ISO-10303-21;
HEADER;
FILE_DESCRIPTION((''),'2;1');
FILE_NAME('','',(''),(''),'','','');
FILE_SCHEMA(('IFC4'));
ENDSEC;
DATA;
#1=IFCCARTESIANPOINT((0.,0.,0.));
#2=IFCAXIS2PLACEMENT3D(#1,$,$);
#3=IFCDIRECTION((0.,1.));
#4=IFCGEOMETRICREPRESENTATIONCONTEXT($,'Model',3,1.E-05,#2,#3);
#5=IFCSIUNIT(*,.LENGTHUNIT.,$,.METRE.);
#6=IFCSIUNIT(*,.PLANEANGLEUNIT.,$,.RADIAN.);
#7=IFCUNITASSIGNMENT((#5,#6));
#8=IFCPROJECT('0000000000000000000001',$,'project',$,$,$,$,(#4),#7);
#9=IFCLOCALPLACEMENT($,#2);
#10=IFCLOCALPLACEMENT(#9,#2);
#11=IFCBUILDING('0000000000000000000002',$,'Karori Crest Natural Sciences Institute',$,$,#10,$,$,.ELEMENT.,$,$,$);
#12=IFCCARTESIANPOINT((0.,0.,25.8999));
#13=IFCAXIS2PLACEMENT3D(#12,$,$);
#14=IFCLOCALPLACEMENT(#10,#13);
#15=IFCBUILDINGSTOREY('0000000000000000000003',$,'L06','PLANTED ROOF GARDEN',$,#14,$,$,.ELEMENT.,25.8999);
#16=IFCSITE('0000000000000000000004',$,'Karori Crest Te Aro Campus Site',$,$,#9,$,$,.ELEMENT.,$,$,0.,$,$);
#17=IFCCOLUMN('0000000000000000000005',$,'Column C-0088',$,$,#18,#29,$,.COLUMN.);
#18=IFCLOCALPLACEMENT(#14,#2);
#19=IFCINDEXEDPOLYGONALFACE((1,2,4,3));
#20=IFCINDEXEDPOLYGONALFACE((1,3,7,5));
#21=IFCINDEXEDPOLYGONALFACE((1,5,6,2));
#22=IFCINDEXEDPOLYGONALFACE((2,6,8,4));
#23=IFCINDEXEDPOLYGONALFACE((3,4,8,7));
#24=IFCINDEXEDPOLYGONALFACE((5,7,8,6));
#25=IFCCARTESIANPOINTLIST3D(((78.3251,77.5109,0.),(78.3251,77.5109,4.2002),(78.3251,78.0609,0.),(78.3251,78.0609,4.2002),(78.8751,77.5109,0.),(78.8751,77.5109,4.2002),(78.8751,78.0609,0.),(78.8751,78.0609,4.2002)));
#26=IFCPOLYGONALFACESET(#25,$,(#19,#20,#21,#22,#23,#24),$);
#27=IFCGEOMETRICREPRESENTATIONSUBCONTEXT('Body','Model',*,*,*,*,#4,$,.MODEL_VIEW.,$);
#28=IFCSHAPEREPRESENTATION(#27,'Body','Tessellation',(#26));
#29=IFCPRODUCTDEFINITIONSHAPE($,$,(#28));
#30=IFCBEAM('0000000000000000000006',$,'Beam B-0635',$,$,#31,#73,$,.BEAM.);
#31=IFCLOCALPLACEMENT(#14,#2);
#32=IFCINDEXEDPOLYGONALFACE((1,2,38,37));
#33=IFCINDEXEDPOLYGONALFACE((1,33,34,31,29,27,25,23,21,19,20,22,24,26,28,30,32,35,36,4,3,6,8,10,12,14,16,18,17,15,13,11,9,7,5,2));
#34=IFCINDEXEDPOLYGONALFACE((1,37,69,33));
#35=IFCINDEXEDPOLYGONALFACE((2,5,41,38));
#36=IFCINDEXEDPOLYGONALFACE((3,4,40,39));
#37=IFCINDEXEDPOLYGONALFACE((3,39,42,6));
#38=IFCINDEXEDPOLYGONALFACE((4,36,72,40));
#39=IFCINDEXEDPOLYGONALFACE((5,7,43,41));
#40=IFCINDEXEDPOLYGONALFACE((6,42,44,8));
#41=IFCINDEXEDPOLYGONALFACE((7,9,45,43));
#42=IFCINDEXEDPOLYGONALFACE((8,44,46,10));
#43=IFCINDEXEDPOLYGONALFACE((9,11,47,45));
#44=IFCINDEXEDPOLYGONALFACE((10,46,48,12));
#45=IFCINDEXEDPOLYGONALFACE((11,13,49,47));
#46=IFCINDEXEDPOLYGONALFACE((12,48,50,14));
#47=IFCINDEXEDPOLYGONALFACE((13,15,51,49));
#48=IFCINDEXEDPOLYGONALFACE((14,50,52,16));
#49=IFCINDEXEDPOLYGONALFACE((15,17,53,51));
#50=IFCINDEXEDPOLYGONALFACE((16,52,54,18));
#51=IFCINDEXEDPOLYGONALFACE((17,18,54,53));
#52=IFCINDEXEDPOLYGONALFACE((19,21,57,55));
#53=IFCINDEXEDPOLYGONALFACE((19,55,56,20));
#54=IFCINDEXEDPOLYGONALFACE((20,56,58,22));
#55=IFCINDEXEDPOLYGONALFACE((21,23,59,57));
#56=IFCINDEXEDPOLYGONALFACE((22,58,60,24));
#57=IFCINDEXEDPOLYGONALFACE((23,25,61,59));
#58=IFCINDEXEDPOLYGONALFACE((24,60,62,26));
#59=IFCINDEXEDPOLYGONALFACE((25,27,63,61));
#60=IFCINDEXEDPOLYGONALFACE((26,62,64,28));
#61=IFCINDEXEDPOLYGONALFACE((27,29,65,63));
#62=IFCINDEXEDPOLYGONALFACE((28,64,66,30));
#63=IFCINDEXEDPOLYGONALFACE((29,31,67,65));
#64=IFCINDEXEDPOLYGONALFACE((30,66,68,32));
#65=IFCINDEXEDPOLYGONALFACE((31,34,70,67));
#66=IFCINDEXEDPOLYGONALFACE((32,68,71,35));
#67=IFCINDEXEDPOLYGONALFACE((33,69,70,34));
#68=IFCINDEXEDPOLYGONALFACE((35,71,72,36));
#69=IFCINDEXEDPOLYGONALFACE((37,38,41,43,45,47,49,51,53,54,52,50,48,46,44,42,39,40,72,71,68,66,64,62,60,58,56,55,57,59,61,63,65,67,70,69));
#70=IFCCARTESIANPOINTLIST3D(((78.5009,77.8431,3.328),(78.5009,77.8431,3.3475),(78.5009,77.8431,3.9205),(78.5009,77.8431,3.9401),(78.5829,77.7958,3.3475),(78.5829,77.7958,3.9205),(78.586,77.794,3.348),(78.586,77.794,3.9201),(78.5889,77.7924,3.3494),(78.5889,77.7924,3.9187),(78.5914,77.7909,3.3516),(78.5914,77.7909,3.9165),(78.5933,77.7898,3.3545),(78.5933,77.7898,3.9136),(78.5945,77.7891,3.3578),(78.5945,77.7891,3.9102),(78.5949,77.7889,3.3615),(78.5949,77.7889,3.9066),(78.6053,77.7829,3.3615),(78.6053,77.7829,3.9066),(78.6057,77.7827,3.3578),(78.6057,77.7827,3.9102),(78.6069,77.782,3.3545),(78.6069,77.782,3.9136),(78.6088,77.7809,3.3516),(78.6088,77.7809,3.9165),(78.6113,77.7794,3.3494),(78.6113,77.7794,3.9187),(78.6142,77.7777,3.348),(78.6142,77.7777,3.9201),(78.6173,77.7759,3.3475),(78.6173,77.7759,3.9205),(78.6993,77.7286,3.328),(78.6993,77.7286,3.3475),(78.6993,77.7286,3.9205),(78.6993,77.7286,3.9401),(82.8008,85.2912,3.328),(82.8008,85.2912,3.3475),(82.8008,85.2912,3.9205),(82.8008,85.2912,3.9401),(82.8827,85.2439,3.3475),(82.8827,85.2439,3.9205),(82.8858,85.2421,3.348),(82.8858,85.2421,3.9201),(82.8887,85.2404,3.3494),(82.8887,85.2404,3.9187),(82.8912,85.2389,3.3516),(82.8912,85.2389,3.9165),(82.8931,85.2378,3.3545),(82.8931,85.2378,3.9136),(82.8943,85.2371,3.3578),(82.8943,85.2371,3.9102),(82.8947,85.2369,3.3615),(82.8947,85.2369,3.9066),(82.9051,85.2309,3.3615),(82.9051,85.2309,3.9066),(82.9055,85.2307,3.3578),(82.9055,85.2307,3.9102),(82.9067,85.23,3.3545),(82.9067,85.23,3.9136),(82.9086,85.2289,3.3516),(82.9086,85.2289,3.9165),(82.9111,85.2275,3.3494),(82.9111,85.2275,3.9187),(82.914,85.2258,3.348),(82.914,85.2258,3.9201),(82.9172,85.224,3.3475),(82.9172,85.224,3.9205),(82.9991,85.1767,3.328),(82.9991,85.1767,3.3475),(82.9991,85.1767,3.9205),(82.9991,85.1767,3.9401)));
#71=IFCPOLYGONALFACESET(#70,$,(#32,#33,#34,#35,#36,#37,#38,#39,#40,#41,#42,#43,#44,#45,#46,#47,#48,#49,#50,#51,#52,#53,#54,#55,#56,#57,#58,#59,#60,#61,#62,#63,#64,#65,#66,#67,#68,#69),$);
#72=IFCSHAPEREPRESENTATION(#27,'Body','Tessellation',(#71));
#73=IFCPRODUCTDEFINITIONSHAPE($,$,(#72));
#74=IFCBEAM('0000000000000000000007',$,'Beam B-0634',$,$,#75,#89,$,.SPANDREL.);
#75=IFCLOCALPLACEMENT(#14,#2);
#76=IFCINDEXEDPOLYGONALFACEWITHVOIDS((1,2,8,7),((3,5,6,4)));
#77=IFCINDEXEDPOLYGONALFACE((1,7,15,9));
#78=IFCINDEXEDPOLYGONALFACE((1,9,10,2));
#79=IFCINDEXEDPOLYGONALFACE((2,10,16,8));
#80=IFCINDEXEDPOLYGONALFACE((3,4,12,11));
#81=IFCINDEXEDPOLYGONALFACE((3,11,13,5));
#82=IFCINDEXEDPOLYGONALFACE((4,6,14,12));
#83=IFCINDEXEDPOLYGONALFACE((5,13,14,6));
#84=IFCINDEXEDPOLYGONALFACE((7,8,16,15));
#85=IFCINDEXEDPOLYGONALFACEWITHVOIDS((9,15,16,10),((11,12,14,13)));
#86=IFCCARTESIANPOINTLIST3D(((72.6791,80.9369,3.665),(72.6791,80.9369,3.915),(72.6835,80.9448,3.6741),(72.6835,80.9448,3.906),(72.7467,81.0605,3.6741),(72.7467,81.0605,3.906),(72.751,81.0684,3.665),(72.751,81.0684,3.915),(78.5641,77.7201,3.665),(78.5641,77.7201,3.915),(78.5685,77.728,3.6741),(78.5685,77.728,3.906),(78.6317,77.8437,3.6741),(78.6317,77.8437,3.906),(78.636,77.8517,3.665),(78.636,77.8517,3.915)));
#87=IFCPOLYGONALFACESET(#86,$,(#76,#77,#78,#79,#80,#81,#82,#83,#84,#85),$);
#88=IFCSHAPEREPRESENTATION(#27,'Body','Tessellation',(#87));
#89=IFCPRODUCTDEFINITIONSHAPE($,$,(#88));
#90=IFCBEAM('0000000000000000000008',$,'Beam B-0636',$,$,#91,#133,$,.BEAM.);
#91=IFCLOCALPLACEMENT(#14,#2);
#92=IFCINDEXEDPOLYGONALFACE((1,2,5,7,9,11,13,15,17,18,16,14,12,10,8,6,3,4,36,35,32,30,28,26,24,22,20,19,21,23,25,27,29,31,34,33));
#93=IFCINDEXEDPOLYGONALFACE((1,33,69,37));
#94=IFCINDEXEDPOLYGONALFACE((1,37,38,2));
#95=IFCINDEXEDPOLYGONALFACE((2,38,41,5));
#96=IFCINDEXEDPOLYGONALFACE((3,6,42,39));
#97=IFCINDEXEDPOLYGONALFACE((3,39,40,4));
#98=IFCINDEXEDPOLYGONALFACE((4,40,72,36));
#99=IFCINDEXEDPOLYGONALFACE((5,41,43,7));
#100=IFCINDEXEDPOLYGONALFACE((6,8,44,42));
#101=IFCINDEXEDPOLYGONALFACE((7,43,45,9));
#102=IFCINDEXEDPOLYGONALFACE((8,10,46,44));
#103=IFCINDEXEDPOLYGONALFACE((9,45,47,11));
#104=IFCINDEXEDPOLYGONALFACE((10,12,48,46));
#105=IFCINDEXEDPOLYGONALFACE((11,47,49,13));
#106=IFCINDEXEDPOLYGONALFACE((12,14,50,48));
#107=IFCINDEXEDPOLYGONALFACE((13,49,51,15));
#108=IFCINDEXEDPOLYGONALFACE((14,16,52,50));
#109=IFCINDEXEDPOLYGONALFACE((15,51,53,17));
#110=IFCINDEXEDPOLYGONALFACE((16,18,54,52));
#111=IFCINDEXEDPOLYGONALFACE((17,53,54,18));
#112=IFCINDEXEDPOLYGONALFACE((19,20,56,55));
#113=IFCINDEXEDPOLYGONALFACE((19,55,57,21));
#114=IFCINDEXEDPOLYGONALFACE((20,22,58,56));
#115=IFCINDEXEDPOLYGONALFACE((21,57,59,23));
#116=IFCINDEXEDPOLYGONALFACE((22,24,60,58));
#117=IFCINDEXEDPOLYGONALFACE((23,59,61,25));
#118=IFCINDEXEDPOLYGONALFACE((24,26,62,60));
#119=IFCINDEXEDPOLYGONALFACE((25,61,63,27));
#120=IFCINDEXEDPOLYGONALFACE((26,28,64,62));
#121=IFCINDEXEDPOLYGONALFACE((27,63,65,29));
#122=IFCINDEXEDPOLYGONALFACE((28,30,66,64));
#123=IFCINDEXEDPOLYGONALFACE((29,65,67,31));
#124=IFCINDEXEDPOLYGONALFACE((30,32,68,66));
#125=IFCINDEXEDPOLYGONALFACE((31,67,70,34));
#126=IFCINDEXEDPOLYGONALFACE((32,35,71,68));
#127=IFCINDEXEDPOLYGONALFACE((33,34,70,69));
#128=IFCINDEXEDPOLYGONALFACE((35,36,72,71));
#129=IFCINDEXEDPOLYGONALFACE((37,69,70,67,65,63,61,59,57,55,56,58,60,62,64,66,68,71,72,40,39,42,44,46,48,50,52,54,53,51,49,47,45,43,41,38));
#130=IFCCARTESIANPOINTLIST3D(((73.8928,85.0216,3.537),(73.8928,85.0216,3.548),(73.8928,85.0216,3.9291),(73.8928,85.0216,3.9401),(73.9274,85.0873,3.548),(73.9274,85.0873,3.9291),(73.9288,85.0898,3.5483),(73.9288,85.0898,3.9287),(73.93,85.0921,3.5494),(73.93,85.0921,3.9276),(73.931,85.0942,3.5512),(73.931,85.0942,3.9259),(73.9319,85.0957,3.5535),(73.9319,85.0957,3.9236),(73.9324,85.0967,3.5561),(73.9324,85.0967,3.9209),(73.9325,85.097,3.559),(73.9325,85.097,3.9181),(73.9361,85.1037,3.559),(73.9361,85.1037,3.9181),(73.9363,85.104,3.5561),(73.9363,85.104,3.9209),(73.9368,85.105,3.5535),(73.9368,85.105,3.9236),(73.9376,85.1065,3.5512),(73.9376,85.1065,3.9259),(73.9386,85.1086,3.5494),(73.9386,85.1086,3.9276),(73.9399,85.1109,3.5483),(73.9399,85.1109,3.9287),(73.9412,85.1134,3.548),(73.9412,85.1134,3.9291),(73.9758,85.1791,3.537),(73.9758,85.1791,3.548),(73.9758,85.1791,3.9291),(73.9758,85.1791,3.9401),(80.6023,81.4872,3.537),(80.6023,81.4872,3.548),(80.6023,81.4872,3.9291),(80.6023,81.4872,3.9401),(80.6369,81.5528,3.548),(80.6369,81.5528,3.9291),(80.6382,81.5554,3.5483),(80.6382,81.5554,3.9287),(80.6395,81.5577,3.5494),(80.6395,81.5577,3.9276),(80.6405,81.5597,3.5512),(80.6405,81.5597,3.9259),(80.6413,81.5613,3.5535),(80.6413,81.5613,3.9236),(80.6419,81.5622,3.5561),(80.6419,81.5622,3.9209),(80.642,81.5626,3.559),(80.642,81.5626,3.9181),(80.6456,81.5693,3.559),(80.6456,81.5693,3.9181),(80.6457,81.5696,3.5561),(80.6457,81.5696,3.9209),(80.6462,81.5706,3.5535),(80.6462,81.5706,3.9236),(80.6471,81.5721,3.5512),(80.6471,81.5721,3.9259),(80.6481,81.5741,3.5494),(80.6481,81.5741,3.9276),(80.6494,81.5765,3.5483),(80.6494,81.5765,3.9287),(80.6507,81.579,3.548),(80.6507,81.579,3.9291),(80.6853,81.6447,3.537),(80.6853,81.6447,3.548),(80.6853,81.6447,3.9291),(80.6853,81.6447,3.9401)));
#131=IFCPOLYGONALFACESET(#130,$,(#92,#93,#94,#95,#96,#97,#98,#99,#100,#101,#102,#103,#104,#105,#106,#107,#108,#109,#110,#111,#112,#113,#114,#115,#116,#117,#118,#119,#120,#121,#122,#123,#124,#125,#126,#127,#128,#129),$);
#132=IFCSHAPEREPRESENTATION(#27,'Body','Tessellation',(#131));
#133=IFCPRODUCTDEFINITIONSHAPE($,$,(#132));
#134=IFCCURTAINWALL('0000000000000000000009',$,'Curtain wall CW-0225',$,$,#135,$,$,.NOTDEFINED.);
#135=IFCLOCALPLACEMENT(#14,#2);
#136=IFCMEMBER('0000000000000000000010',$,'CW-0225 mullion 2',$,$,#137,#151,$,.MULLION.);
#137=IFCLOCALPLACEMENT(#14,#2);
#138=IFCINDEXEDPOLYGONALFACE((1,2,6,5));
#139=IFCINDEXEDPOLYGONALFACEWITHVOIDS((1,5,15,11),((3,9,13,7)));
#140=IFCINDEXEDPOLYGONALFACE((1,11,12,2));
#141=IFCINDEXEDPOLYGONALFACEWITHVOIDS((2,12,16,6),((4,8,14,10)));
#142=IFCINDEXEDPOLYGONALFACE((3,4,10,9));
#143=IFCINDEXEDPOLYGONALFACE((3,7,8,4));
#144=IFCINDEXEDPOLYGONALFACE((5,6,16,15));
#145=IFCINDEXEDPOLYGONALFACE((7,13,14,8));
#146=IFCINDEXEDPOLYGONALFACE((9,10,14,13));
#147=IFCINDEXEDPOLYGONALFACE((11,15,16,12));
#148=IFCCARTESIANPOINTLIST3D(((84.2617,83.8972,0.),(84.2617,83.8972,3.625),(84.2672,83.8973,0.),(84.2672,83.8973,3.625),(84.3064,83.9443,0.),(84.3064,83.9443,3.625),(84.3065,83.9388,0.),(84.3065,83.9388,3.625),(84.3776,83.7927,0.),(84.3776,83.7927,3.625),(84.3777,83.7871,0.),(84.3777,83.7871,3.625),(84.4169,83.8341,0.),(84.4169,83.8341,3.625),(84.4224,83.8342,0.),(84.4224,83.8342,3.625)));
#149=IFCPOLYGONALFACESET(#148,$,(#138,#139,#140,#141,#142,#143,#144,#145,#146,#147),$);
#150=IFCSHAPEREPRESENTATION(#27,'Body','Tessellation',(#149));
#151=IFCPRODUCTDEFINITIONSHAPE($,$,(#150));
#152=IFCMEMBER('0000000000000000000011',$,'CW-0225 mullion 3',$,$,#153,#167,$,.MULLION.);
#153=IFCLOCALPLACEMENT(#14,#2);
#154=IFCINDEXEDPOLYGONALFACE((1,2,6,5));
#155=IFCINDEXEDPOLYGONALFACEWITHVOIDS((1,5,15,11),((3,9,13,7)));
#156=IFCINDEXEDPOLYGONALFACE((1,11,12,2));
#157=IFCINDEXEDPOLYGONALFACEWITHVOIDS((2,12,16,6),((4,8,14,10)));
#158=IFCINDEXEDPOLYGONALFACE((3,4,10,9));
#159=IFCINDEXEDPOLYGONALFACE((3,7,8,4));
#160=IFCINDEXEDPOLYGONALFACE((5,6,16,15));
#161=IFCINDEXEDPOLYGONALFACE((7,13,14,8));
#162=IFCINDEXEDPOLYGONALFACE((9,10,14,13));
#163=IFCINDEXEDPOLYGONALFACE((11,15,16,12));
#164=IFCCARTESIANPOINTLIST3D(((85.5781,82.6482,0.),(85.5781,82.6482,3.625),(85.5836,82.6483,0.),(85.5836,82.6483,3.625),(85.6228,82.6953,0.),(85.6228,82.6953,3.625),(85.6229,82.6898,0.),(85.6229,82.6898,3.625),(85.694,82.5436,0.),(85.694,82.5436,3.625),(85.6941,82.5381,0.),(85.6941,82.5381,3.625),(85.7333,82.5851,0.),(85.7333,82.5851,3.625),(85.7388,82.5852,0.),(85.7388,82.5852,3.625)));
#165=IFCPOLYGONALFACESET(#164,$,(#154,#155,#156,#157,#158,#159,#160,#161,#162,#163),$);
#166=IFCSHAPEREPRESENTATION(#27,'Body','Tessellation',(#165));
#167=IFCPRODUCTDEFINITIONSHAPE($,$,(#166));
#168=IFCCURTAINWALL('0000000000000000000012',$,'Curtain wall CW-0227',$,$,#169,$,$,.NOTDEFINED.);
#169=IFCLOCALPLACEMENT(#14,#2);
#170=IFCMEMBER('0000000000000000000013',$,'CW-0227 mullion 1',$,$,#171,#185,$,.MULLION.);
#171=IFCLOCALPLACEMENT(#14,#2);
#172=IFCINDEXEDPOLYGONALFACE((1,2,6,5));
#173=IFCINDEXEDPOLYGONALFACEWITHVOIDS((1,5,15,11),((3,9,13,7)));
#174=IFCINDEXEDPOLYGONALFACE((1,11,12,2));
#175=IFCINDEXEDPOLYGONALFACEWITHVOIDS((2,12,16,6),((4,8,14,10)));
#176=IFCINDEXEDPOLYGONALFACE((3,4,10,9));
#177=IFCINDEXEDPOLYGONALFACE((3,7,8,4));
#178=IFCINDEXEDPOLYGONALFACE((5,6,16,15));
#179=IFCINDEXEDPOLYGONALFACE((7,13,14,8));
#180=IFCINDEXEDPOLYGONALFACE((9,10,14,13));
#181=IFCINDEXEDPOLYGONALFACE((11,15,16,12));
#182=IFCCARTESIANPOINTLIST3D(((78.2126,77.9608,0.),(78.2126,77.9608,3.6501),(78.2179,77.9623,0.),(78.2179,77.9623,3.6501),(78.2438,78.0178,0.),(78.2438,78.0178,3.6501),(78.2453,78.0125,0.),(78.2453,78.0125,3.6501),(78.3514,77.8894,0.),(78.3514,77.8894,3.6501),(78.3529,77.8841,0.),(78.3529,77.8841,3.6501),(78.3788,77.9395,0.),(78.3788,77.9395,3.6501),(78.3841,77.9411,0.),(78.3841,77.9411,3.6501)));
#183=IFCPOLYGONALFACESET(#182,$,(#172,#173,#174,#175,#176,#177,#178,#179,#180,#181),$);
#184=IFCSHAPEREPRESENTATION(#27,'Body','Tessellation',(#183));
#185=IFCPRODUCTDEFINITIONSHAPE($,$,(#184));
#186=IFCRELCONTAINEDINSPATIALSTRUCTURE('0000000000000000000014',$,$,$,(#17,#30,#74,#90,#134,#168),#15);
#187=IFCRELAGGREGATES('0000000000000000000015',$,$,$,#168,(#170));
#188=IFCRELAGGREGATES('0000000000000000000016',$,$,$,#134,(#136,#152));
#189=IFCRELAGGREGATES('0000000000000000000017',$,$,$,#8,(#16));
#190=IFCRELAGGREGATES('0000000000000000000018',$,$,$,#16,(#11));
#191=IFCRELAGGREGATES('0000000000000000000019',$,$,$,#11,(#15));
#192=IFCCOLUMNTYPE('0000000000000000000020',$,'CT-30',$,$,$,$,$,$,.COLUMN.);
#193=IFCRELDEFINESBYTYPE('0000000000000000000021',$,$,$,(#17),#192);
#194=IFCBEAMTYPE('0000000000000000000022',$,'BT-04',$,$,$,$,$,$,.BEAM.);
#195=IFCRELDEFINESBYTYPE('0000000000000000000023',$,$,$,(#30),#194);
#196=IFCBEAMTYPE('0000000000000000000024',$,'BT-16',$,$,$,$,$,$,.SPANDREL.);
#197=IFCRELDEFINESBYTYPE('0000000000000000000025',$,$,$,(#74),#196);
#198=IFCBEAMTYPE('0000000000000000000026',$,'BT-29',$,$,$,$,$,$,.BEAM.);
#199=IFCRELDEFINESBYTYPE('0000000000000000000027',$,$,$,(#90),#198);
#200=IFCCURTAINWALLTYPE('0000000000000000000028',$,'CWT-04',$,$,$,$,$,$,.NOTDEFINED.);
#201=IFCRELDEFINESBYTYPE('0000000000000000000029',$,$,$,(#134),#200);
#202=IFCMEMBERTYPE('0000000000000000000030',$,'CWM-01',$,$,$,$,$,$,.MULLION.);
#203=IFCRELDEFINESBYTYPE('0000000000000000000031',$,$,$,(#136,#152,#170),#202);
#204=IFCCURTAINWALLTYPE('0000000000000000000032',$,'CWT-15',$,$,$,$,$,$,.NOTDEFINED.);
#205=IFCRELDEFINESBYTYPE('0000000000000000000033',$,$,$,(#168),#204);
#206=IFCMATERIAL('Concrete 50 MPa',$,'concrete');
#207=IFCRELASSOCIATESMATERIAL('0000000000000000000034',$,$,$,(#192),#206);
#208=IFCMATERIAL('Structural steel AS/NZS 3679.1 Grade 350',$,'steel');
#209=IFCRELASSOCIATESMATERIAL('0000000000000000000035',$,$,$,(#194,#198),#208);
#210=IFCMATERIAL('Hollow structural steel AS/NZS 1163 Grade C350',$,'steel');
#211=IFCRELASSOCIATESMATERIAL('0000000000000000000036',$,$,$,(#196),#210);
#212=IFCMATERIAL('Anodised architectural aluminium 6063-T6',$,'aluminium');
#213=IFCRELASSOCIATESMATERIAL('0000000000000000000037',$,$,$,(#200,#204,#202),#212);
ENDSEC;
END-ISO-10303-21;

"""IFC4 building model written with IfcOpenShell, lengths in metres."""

from ifc_helpers import new_model, si_unit, direction, frame, origin, origin_2d, place, context, subcontext, project, spatial, rectangle, hollow_rectangle, i_section, extrude, material, material_profile, profile_set, type_object, element, aggregate, save


model = new_model("IFC4")

# Units and contexts
model_context = context("Model", 3, precision=1e-05, world=origin(), true_north=direction((0.0, 1.0)))
body_context = subcontext(model_context, "Body", "Model", "MODEL_VIEW")
ifc_project = project(units=[si_unit("LENGTHUNIT", "METRE"), si_unit("PLANEANGLEUNIT", "RADIAN")], contexts=[model_context])

# Site, building, storey
site_placement = place(None, origin())
site = spatial("IfcSite", under=ifc_project, at=site_placement, Name="Karori Crest Te Aro Campus Site", CompositionType="ELEMENT", RefElevation=0.0)
building_placement = place(site_placement, origin())
building = spatial("IfcBuilding", under=site, at=building_placement, Name="Karori Crest Natural Sciences Institute", CompositionType="ELEMENT")
storey_placement = place(building_placement, frame((0.0, 0.0, 25.8999)))
storey = spatial("IfcBuildingStorey", under=building, at=storey_placement, Name="L06", Description="PLANTED ROOF GARDEN", CompositionType="ELEMENT", Elevation=25.8999)

# Column
ifc_material_1 = material(Name="Concrete 50 MPa", Category="concrete")
ifc_material_profile_1 = material_profile(ifc_material_1, rectangle(XDim=0.55, YDim=0.55, at=origin_2d()), Name="RC550x550")
ifc_profile_set_1 = profile_set([ifc_material_profile_1], Name="Concrete 50 MPa")
column_type = type_object("IfcColumnType", Name="CT-30", PredefinedType="COLUMN", material=ifc_profile_set_1)
column_placement = place(storey_placement, frame((78.6001, 77.7859, 0.0), z_axis=(0.0, 0.0, 1.0), x_axis=(1.0, 0.0, 0.0)))
element("IfcColumn", 1, at=column_placement, inside=storey, type_object=column_type, Name="Column C-0088", PredefinedType="COLUMN", context=body_context, shape_type="SweptSolid", body=[
    extrude(rectangle(XDim=0.55, YDim=0.55, at=origin_2d()), origin(), (0.0, 0.0, 1.0), 4.2002),
])

# Beams
ifc_material_2 = material(Name="Structural steel AS/NZS 3679.1 Grade 350", Category="steel")
ifc_material_profile_2 = material_profile(ifc_material_2, i_section(OverallWidth=0.229, OverallDepth=0.6121, WebThickness=0.012, FlangeThickness=0.0195, FilletRadius=0.0139, at=origin_2d()), Name="610UB125")
ifc_profile_set_2 = profile_set([ifc_material_profile_2], Name="Structural steel AS/NZS 3679.1 Grade 350")
beam_type_1 = type_object("IfcBeamType", Name="BT-04", PredefinedType="BEAM", material=ifc_profile_set_2)
beam_1_placement = place(storey_placement, frame((78.6001, 77.7859, 3.634), z_axis=(0.499974, 0.86604, 0.0), x_axis=(-0.86604, 0.499974, 0.0)))
element("IfcBeam", 2, at=beam_1_placement, inside=storey, type_object=beam_type_1, Name="Beam B-0635", PredefinedType="BEAM", context=body_context, shape_type="SweptSolid", body=[
    extrude(i_section(OverallWidth=0.229, OverallDepth=0.6121, WebThickness=0.012, FlangeThickness=0.0195, FilletRadius=0.0139, at=origin_2d()), origin(), (0.0, 0.0, 1.0), 8.6001),
])
ifc_material_3 = material(Name="Hollow structural steel AS/NZS 1163 Grade C350", Category="steel")
ifc_material_profile_3 = material_profile(ifc_material_3, hollow_rectangle(XDim=0.1499, YDim=0.25, WallThickness=0.009, at=origin_2d()), Name="RHS250x150x9")
ifc_profile_set_3 = profile_set([ifc_material_profile_3], Name="Hollow structural steel AS/NZS 1163 Grade C350")
beam_type_2 = type_object("IfcBeamType", Name="BT-16", PredefinedType="SPANDREL", material=ifc_profile_set_3)
beam_2_placement = place(storey_placement, frame((78.6001, 77.7859, 3.79), z_axis=(-0.87747, 0.479632, 0.0), x_axis=(-0.479632, -0.87747, 0.0)))
element("IfcBeam", 3, at=beam_2_placement, inside=storey, type_object=beam_type_2, Name="Beam B-0634", PredefinedType="SPANDREL", context=body_context, shape_type="SweptSolid", body=[
    extrude(hollow_rectangle(XDim=0.1499, YDim=0.25, WallThickness=0.009, at=origin_2d()), origin(), (0.0, 0.0, 1.0), 6.7068),
])
ifc_material_profile_4 = material_profile(ifc_material_2, i_section(OverallWidth=0.178, OverallDepth=0.4031, WebThickness=0.0076, FlangeThickness=0.011, FilletRadius=0.011, at=origin_2d()), Name="410UB53.7")
ifc_profile_set_4 = profile_set([ifc_material_profile_4], Name="Structural steel AS/NZS 3679.1 Grade 350")
beam_type_3 = type_object("IfcBeamType", Name="BT-29", PredefinedType="BEAM", material=ifc_profile_set_4)
beam_3_placement = place(storey_placement, frame((80.6438, 81.5659, 3.7385), z_axis=(-0.884748, 0.466069, 0.0), x_axis=(-0.466069, -0.884748, 0.0)))
element("IfcBeam", 4, at=beam_3_placement, inside=storey, type_object=beam_type_3, Name="Beam B-0636", PredefinedType="BEAM", context=body_context, shape_type="SweptSolid", body=[
    extrude(i_section(OverallWidth=0.178, OverallDepth=0.4031, WebThickness=0.0076, FlangeThickness=0.011, FilletRadius=0.011, at=origin_2d()), origin(), (0.0, 0.0, 1.0), 7.5835),
])

# Curtain wall, members
ifc_material_4 = material(Name="Anodised architectural aluminium 6063-T6", Category="aluminium")
curtain_wall_type_1 = type_object("IfcCurtainWallType", Name="CWT-04", PredefinedType="NOTDEFINED", material=ifc_material_4)
curtain_wall_1_placement = place(storey_placement, origin())
curtain_wall_1 = element("IfcCurtainWall", 5, at=curtain_wall_1_placement, inside=storey, type_object=curtain_wall_type_1, Name="Curtain wall CW-0225", PredefinedType="NOTDEFINED")
ifc_material_profile_5 = material_profile(ifc_material_4, hollow_rectangle(XDim=0.0649, YDim=0.1599, WallThickness=0.0039, at=origin_2d()), Name="CWM160x65x4")
ifc_profile_set_5 = profile_set([ifc_material_profile_5], Name="Anodised architectural aluminium 6063-T6")
member_type_1 = type_object("IfcMemberType", Name="CWM-01", PredefinedType="MULLION", material=ifc_profile_set_5)
member_1_placement = place(storey_placement, frame((84.342, 83.8657, 0.0), z_axis=(0.0, 0.0, 1.0), x_axis=(0.688252, 0.725471, 0.0)))
member_1 = element("IfcMember", 6, at=member_1_placement, type_object=member_type_1, Name="CW-0225 mullion 2", PredefinedType="MULLION", context=body_context, shape_type="SweptSolid", body=[
    extrude(hollow_rectangle(XDim=0.0649, YDim=0.1599, WallThickness=0.0039, at=origin_2d()), origin(), (0.0, 0.0, 1.0), 3.625),
])
member_2_placement = place(storey_placement, frame((85.6584, 82.6167, 0.0), z_axis=(0.0, 0.0, 1.0), x_axis=(0.688252, 0.725471, 0.0)))
member_2 = element("IfcMember", 7, at=member_2_placement, type_object=member_type_1, Name="CW-0225 mullion 3", PredefinedType="MULLION", context=body_context, shape_type="SweptSolid", body=[
    extrude(hollow_rectangle(XDim=0.0649, YDim=0.1599, WallThickness=0.0039, at=origin_2d()), origin(), (0.0, 0.0, 1.0), 3.625),
])

# Curtain wall, member
curtain_wall_type_2 = type_object("IfcCurtainWallType", Name="CWT-15", PredefinedType="NOTDEFINED", material=ifc_material_4)
curtain_wall_2_placement = place(storey_placement, origin())
curtain_wall_2 = element("IfcCurtainWall", 8, at=curtain_wall_2_placement, inside=storey, type_object=curtain_wall_type_2, Name="Curtain wall CW-0227", PredefinedType="NOTDEFINED")
member_3_placement = place(storey_placement, frame((78.2983, 77.9509, 0.0), z_axis=(0.0, 0.0, 1.0), x_axis=(-0.479631, -0.87747, 0.0)))
member_3 = element("IfcMember", 9, at=member_3_placement, type_object=member_type_1, Name="CW-0227 mullion 1", PredefinedType="MULLION", context=body_context, shape_type="SweptSolid", body=[
    extrude(hollow_rectangle(XDim=0.0649, YDim=0.1599, WallThickness=0.0039, at=origin_2d()), origin(), (0.0, 0.0, 1.0), 3.6501),
])
aggregate(curtain_wall_2, [member_3])

aggregate(curtain_wall_1, [member_1, member_2])

save(model, "model.ifc")
